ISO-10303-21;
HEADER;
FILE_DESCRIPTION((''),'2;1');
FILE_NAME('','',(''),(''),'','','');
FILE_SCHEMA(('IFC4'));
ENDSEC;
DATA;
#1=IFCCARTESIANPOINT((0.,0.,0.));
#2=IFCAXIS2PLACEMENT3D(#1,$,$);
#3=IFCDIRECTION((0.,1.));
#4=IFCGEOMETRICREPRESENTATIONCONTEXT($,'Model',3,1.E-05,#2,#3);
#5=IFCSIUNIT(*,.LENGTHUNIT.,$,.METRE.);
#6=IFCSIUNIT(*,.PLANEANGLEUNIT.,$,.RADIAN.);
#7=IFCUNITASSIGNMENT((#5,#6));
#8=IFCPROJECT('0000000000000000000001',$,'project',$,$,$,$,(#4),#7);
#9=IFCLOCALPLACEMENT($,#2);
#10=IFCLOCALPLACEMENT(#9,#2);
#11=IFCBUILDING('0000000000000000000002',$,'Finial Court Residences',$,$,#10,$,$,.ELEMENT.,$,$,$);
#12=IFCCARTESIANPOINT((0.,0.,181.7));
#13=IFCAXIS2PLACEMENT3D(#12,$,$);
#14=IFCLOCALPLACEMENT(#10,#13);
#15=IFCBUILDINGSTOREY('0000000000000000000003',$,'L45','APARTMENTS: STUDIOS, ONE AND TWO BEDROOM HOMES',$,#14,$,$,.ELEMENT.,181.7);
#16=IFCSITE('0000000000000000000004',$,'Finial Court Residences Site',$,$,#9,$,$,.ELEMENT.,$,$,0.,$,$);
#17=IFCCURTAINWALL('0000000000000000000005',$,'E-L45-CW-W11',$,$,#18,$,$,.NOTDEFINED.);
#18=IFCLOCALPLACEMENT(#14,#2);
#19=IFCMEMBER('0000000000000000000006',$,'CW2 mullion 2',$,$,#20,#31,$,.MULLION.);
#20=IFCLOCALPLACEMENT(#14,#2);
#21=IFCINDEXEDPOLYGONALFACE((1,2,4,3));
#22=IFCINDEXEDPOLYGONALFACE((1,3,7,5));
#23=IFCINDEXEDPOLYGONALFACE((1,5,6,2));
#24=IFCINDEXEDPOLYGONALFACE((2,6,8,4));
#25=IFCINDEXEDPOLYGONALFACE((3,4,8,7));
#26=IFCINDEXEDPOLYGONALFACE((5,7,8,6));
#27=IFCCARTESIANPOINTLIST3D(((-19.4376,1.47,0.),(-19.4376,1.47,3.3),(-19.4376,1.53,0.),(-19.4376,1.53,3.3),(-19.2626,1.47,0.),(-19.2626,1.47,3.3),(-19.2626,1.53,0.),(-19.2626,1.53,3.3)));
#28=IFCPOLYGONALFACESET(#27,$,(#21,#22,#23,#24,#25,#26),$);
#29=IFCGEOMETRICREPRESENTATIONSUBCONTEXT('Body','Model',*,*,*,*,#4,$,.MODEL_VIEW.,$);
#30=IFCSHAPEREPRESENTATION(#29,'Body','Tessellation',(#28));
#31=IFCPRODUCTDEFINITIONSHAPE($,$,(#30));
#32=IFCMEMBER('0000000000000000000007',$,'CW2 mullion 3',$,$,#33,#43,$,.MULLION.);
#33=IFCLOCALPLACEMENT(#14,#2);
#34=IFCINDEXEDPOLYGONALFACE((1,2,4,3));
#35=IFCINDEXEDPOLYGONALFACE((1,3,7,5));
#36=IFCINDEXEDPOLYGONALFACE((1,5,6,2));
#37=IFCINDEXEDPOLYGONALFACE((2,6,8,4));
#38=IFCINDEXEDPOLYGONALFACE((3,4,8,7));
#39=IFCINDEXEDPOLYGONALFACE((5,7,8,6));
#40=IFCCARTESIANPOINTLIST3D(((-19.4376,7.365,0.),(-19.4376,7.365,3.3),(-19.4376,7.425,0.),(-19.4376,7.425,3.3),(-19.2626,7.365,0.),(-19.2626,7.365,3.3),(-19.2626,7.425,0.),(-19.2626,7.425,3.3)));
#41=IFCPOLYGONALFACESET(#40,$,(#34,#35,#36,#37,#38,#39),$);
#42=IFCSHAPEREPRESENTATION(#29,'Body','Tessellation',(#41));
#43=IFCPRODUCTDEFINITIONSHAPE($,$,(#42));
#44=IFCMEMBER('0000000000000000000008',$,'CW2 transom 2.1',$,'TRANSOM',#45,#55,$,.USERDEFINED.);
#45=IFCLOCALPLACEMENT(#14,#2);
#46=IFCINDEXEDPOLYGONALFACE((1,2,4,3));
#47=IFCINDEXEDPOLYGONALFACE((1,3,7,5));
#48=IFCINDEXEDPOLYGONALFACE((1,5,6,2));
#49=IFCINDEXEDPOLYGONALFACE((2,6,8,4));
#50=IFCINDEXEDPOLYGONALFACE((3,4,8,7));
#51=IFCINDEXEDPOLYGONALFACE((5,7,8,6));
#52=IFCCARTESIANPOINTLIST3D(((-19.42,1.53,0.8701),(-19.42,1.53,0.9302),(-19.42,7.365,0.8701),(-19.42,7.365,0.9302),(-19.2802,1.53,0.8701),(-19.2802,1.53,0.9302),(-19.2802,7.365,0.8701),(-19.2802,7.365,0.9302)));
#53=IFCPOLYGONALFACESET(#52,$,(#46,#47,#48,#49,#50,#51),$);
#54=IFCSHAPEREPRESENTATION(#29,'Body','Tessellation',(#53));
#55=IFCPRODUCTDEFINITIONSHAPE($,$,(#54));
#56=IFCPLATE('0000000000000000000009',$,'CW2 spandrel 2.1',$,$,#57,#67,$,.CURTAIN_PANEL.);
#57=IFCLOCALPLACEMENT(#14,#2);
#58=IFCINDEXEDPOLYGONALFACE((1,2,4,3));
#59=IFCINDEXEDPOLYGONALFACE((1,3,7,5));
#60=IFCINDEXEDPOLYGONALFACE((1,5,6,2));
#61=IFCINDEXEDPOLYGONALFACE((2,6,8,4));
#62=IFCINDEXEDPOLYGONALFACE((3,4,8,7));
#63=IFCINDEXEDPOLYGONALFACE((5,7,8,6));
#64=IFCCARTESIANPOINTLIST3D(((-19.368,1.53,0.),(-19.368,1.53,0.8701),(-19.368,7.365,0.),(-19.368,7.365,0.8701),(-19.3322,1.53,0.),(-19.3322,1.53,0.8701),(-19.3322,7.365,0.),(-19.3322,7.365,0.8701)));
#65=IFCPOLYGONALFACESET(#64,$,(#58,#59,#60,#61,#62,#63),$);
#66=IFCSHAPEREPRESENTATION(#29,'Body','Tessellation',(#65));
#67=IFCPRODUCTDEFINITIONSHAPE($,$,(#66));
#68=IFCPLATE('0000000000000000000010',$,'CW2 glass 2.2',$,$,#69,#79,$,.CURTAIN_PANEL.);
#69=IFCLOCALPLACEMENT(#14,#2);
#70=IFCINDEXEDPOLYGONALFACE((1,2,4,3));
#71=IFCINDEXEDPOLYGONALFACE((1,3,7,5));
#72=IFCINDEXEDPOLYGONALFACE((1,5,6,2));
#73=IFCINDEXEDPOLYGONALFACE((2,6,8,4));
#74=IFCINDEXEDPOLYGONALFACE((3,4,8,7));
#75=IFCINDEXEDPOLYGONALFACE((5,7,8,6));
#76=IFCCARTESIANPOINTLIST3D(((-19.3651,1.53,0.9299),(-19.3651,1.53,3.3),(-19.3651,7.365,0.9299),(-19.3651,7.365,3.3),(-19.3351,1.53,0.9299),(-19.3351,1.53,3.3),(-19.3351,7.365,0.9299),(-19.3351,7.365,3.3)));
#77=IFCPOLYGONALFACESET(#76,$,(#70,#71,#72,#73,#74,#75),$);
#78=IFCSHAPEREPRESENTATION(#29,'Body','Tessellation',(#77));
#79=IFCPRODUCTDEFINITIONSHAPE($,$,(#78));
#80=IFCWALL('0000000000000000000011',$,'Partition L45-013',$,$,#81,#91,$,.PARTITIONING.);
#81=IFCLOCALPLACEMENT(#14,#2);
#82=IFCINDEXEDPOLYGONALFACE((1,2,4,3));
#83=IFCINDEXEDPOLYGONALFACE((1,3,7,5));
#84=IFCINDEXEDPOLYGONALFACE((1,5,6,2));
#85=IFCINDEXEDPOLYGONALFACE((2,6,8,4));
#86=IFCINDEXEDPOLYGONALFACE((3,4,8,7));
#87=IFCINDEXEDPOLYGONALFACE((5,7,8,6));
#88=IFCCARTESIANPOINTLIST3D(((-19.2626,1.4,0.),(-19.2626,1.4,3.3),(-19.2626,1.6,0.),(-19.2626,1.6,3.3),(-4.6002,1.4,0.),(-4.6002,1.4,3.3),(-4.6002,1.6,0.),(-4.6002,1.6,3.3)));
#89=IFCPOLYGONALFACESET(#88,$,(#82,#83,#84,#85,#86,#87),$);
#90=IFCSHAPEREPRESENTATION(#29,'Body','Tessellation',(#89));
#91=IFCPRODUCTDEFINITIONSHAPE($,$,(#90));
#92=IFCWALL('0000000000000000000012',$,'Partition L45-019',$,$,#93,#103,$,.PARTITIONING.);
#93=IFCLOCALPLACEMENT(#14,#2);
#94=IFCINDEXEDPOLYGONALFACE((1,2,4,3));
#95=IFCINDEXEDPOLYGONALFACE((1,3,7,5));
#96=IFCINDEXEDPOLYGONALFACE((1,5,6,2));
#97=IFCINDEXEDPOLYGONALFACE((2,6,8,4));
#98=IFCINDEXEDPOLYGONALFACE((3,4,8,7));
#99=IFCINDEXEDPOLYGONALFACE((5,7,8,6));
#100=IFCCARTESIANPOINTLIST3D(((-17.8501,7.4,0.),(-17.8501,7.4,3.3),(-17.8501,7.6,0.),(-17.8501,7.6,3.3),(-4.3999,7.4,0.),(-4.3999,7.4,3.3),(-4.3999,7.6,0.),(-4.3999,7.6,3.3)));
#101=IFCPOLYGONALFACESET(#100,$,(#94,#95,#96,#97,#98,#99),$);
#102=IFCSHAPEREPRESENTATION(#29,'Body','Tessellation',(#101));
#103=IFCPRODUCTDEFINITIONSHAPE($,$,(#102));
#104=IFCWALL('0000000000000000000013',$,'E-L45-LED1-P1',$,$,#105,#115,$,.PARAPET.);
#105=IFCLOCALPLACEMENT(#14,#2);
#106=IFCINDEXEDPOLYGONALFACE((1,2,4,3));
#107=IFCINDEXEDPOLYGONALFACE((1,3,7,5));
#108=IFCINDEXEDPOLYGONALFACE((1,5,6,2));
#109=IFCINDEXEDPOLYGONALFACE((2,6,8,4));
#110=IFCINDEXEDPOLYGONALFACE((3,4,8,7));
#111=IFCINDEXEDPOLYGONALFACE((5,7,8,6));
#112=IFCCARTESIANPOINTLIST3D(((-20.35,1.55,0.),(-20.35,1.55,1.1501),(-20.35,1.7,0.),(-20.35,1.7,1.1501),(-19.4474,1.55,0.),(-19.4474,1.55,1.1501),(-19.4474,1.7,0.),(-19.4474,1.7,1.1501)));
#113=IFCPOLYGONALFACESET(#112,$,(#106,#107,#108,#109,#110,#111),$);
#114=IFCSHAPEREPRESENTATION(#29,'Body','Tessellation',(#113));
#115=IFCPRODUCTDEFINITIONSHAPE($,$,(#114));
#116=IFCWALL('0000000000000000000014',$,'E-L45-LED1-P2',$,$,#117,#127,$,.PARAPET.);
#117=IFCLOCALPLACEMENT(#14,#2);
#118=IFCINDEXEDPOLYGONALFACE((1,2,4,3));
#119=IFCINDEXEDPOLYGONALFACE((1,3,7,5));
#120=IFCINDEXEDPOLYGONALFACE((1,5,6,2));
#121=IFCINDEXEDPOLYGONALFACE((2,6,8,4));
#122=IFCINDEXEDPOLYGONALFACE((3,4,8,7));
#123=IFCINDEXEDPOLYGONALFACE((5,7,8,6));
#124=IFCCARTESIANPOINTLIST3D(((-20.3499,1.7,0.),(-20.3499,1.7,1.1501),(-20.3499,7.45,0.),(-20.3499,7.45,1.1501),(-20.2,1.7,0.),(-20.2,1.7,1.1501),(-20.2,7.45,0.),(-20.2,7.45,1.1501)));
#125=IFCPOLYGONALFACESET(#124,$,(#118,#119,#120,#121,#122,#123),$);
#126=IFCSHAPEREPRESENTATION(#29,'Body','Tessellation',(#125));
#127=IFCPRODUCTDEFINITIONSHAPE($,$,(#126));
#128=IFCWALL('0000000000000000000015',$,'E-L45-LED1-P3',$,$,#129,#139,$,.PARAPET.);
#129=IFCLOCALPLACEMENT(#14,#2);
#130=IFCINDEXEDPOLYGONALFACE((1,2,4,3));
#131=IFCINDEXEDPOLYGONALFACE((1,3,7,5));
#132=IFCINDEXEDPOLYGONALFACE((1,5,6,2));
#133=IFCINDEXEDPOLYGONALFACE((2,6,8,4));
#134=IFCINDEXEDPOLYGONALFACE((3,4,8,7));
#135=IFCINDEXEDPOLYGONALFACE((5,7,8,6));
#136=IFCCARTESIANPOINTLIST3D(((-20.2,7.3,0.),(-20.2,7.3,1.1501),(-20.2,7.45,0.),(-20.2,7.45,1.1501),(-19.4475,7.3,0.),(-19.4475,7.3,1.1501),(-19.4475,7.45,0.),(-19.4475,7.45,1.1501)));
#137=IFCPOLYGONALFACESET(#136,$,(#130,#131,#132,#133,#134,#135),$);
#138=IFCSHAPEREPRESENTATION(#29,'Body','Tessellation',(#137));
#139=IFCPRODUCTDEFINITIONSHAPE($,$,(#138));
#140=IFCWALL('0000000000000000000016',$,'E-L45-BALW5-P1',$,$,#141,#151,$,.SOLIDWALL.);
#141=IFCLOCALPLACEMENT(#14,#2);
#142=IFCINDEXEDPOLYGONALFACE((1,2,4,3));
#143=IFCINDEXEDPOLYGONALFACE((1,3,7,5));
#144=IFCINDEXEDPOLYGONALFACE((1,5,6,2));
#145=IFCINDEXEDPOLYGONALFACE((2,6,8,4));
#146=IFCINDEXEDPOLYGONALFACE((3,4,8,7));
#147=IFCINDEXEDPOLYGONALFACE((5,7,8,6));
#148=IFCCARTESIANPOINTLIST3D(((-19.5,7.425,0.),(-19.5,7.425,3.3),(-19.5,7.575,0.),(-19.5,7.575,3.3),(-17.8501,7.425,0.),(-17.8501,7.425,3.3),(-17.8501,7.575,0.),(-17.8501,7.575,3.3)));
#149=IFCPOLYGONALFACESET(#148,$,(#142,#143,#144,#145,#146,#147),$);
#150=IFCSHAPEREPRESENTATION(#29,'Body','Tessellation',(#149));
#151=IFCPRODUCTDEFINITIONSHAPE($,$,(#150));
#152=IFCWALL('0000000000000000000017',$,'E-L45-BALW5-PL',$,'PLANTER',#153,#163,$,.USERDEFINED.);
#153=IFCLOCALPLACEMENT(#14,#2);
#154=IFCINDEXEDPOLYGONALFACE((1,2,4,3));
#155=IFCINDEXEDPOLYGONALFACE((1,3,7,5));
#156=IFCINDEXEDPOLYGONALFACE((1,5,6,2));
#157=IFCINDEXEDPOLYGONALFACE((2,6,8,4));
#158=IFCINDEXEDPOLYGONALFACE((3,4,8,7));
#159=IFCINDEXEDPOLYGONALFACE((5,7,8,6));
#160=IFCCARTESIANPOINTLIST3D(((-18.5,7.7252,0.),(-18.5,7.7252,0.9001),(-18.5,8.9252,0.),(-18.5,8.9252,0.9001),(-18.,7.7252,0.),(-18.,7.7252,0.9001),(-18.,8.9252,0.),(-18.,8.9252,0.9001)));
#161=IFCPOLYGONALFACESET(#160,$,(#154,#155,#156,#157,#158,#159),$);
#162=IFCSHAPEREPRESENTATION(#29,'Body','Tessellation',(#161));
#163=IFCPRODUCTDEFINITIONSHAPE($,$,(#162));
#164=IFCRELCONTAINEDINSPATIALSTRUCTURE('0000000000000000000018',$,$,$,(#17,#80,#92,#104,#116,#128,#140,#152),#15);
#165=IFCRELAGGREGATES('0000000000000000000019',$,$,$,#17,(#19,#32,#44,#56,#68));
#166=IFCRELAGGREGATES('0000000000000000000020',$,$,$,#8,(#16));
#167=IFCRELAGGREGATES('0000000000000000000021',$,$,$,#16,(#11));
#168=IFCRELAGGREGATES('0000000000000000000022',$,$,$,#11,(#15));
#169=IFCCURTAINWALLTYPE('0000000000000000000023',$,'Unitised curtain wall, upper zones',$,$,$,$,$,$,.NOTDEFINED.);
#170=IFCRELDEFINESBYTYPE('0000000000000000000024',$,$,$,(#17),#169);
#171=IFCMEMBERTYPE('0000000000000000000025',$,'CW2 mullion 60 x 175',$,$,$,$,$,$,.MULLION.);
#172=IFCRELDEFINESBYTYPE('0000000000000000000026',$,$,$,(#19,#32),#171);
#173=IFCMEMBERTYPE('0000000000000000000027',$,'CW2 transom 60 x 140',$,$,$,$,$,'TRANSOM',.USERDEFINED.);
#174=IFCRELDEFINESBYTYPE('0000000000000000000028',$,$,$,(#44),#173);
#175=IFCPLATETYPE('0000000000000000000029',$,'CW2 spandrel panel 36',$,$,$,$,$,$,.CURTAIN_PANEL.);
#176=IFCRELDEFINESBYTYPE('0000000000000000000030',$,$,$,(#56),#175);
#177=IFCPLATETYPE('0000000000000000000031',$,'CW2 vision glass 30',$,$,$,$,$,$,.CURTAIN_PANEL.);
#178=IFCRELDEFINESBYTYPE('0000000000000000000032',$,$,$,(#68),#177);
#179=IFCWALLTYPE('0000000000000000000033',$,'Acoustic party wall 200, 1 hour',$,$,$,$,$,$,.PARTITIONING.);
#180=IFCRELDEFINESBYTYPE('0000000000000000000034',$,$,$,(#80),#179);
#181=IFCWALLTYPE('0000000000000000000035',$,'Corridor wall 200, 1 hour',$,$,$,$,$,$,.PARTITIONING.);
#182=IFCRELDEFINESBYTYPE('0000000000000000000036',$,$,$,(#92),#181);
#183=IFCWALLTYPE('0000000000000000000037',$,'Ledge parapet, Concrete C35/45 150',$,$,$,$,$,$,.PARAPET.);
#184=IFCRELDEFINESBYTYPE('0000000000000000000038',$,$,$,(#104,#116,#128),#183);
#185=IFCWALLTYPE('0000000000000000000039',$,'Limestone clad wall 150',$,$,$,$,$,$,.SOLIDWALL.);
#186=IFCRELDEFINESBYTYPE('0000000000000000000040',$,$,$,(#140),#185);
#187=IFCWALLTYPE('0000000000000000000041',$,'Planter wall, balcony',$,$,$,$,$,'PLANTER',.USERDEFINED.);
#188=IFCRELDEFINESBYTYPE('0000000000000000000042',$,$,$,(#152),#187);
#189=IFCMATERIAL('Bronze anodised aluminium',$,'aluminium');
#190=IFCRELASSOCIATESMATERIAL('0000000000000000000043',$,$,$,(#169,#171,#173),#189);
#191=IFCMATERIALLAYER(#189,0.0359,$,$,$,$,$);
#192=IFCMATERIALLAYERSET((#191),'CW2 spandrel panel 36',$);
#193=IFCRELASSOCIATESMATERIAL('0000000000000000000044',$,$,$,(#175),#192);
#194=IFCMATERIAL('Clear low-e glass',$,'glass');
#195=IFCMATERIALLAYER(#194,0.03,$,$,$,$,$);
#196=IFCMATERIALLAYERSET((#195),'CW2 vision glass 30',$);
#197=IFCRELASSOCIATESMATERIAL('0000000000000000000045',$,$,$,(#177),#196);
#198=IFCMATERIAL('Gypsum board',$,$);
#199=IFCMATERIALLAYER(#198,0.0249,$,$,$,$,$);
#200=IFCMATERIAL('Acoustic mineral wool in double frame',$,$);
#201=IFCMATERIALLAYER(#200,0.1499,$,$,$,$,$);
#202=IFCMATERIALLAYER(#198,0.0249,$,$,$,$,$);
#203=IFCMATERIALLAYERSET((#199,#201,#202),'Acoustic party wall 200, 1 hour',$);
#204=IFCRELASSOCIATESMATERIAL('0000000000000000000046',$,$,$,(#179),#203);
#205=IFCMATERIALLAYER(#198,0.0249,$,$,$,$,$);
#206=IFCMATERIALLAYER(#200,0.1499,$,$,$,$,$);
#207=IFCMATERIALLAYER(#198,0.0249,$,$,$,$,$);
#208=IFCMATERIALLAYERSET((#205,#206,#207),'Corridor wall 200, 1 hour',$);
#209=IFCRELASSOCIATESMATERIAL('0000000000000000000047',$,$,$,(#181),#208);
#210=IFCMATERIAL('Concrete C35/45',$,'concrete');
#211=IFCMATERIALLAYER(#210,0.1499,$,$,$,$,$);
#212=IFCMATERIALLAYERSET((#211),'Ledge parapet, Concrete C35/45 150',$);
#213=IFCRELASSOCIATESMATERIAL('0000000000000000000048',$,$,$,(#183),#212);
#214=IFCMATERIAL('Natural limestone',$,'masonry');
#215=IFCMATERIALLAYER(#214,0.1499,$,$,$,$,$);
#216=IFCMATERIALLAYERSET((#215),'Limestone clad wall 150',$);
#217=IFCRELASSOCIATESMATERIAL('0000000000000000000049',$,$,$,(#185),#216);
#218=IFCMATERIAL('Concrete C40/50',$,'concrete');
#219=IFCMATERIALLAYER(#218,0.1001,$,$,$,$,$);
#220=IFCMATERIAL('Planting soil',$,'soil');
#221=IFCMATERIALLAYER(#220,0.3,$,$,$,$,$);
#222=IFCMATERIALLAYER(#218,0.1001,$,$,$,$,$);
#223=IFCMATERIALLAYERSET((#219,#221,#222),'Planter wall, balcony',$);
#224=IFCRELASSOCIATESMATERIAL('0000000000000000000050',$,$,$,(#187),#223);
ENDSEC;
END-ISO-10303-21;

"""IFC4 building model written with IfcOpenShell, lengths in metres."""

from ifc_helpers import new_model, si_unit, direction, frame, frame_2d, origin, origin_2d, place, context, subcontext, project, spatial, rectangle, extrude, material, layer, layer_set, material_profile, profile_set, type_object, element, aggregate, save


model = new_model("IFC4")

# Units and contexts
model_context = context("Model", 3, precision=1e-05, world=origin(), true_north=direction((0.0, 1.0)))
body_context = subcontext(model_context, "Body", "Model", "MODEL_VIEW")
ifc_project = project(units=[si_unit("LENGTHUNIT", "METRE"), si_unit("PLANEANGLEUNIT", "RADIAN")], contexts=[model_context])

# Site, building, storey
site_placement = place(None, origin())
site = spatial("IfcSite", under=ifc_project, at=site_placement, Name="Finial Court Residences Site", CompositionType="ELEMENT", RefElevation=0.0)
building_placement = place(site_placement, origin())
building = spatial("IfcBuilding", under=site, at=building_placement, Name="Finial Court Residences", CompositionType="ELEMENT")
storey_placement = place(building_placement, frame((0.0, 0.0, 181.7)))
storey = spatial("IfcBuildingStorey", under=building, at=storey_placement, Name="L45", Description="APARTMENTS: STUDIOS, ONE AND TWO BEDROOM HOMES", CompositionType="ELEMENT", Elevation=181.7)

# Curtain wall, members, plates
ifc_material_1 = material(Name="Bronze anodised aluminium", Category="aluminium")
curtain_wall_type = type_object("IfcCurtainWallType", Name="Unitised curtain wall, upper zones", PredefinedType="NOTDEFINED", material=ifc_material_1)
curtain_wall_placement = place(storey_placement, origin())
curtain_wall = element("IfcCurtainWall", 1, at=curtain_wall_placement, inside=storey, type_object=curtain_wall_type, Name="E-L45-CW-W11", PredefinedType="NOTDEFINED")
ifc_material_profile_1 = material_profile(ifc_material_1, rectangle(XDim=0.175, YDim=0.0601, at=origin_2d()), Name="CW2 mullion 60 x 175")
ifc_profile_set_1 = profile_set([ifc_material_profile_1], Name="Bronze anodised aluminium")
member_type_1 = type_object("IfcMemberType", Name="CW2 mullion 60 x 175", PredefinedType="MULLION", material=ifc_profile_set_1)
member_1_placement = place(storey_placement, frame((-19.3501, 1.5, 0.0), z_axis=(0.0, 0.0, 1.0), x_axis=(-1.0, 0.0, 0.0)))
member_1 = element("IfcMember", 2, at=member_1_placement, type_object=member_type_1, Name="CW2 mullion 2", PredefinedType="MULLION", context=body_context, shape_type="SweptSolid", body=[
    extrude(rectangle(XDim=0.175, YDim=0.0601, at=origin_2d()), origin(), (0.0, 0.0, 1.0), 3.3),
])
member_2_placement = place(storey_placement, frame((-19.3501, 7.395, 0.0), z_axis=(0.0, 0.0, 1.0), x_axis=(-1.0, 0.0, 0.0)))
member_2 = element("IfcMember", 3, at=member_2_placement, type_object=member_type_1, Name="CW2 mullion 3", PredefinedType="MULLION", context=body_context, shape_type="SweptSolid", body=[
    extrude(rectangle(XDim=0.175, YDim=0.0601, at=origin_2d()), origin(), (0.0, 0.0, 1.0), 3.3),
])
ifc_material_profile_2 = material_profile(ifc_material_1, rectangle(XDim=0.1399, YDim=0.0601, at=origin_2d()), Name="CW2 transom 60 x 140")
ifc_profile_set_2 = profile_set([ifc_material_profile_2], Name="Bronze anodised aluminium")
member_type_2 = type_object("IfcMemberType", Name="CW2 transom 60 x 140", ElementType="TRANSOM", PredefinedType="USERDEFINED", material=ifc_profile_set_2)
member_3_placement = place(storey_placement, frame((-19.3501, 1.53, 0.9001), z_axis=(0.0, 1.0, 0.0), x_axis=(-1.0, 0.0, 0.0)))
member_3 = element("IfcMember", 4, at=member_3_placement, type_object=member_type_2, Name="CW2 transom 2.1", ObjectType="TRANSOM", PredefinedType="USERDEFINED", context=body_context, shape_type="SweptSolid", body=[
    extrude(rectangle(XDim=0.1399, YDim=0.0601, at=origin_2d()), origin(), (0.0, 0.0, 1.0), 5.835),
])
ifc_layer_1 = layer(ifc_material_1, 0.0359)
ifc_layer_set_1 = layer_set([ifc_layer_1], Name="CW2 spandrel panel 36")
plate_type_1 = type_object("IfcPlateType", Name="CW2 spandrel panel 36", PredefinedType="CURTAIN_PANEL", material=ifc_layer_set_1)
plate_1_placement = place(storey_placement, frame((-19.3501, 4.4475, 0.0), z_axis=(0.0, 0.0, 1.0), x_axis=(0.0, 1.0, 0.0)))
plate_1 = element("IfcPlate", 5, at=plate_1_placement, type_object=plate_type_1, Name="CW2 spandrel 2.1", PredefinedType="CURTAIN_PANEL", context=body_context, shape_type="SweptSolid", body=[
    extrude(rectangle(XDim=5.835, YDim=0.0359, at=origin_2d()), origin(), (0.0, 0.0, 1.0), 0.8701),
])
ifc_material_2 = material(Name="Clear low-e glass", Category="glass")
ifc_layer_2 = layer(ifc_material_2, 0.03)
ifc_layer_set_2 = layer_set([ifc_layer_2], Name="CW2 vision glass 30")
plate_type_2 = type_object("IfcPlateType", Name="CW2 vision glass 30", PredefinedType="CURTAIN_PANEL", material=ifc_layer_set_2)
plate_2_placement = place(storey_placement, frame((-19.3501, 4.4475, 0.9299), z_axis=(0.0, 0.0, 1.0), x_axis=(0.0, 1.0, 0.0)))
plate_2 = element("IfcPlate", 6, at=plate_2_placement, type_object=plate_type_2, Name="CW2 glass 2.2", PredefinedType="CURTAIN_PANEL", context=body_context, shape_type="SweptSolid", body=[
    extrude(rectangle(XDim=5.835, YDim=0.03, at=origin_2d()), origin(), (0.0, 0.0, 1.0), 2.3701),
])
aggregate(curtain_wall, [member_1, member_2, member_3, plate_1, plate_2])

# Walls
ifc_material_3 = material(Name="Gypsum board")
ifc_layer_3 = layer(ifc_material_3, 0.0249)
ifc_material_4 = material(Name="Acoustic mineral wool in double frame")
ifc_layer_4 = layer(ifc_material_4, 0.1499)
ifc_layer_5 = layer(ifc_material_3, 0.0249)
ifc_layer_set_3 = layer_set([ifc_layer_3, ifc_layer_4, ifc_layer_5], Name="Acoustic party wall 200, 1 hour")
wall_type_1 = type_object("IfcWallType", Name="Acoustic party wall 200, 1 hour", PredefinedType="PARTITIONING", material=ifc_layer_set_3)
wall_1_placement = place(storey_placement, frame((-19.2625, 1.5, 0.0), z_axis=(0.0, 0.0, 1.0), x_axis=(1.0, 0.0, 0.0)))
element("IfcWall", 7, at=wall_1_placement, inside=storey, type_object=wall_type_1, Name="Partition L45-013", PredefinedType="PARTITIONING", context=body_context, shape_type="SweptSolid", body=[
    extrude(rectangle(XDim=14.6624, YDim=0.2, at=frame_2d((7.3311, 0.0))), origin(), (0.0, 0.0, 1.0), 3.3),
])
ifc_layer_6 = layer(ifc_material_3, 0.0249)
ifc_layer_7 = layer(ifc_material_4, 0.1499)
ifc_layer_8 = layer(ifc_material_3, 0.0249)
ifc_layer_set_4 = layer_set([ifc_layer_6, ifc_layer_7, ifc_layer_8], Name="Corridor wall 200, 1 hour")
wall_type_2 = type_object("IfcWallType", Name="Corridor wall 200, 1 hour", PredefinedType="PARTITIONING", material=ifc_layer_set_4)
wall_2_placement = place(storey_placement, frame((-17.8501, 7.5, 0.0), z_axis=(0.0, 0.0, 1.0), x_axis=(1.0, 0.0, 0.0)))
element("IfcWall", 8, at=wall_2_placement, inside=storey, type_object=wall_type_2, Name="Partition L45-019", PredefinedType="PARTITIONING", context=body_context, shape_type="SweptSolid", body=[
    extrude(rectangle(XDim=13.4502, YDim=0.2, at=frame_2d((6.7251, 0.0))), origin(), (0.0, 0.0, 1.0), 3.3),
])
ifc_material_5 = material(Name="Concrete C35/45", Category="concrete")
ifc_layer_9 = layer(ifc_material_5, 0.1499)
ifc_layer_set_5 = layer_set([ifc_layer_9], Name="Ledge parapet, Concrete C35/45 150")
wall_type_3 = type_object("IfcWallType", Name="Ledge parapet, Concrete C35/45 150", PredefinedType="PARAPET", material=ifc_layer_set_5)
wall_3_placement = place(storey_placement, frame((-19.4475, 1.625, 0.0), z_axis=(0.0, 0.0, 1.0), x_axis=(-1.0, 0.0, 0.0)))
element("IfcWall", 9, at=wall_3_placement, inside=storey, type_object=wall_type_3, Name="E-L45-LED1-P1", PredefinedType="PARAPET", context=body_context, shape_type="SweptSolid", body=[
    extrude(rectangle(XDim=0.9026, YDim=0.1499, at=frame_2d((0.4512, 0.0))), origin(), (0.0, 0.0, 1.0), 1.1501),
])
wall_4_placement = place(storey_placement, frame((-20.2749, 1.7, 0.0), z_axis=(0.0, 0.0, 1.0), x_axis=(0.0, 1.0, 0.0)))
element("IfcWall", 10, at=wall_4_placement, inside=storey, type_object=wall_type_3, Name="E-L45-LED1-P2", PredefinedType="PARAPET", context=body_context, shape_type="SweptSolid", body=[
    extrude(rectangle(XDim=5.75, YDim=0.1499, at=frame_2d((2.875, 0.0))), origin(), (0.0, 0.0, 1.0), 1.1501),
])
wall_5_placement = place(storey_placement, frame((-20.2, 7.375, 0.0), z_axis=(0.0, 0.0, 1.0), x_axis=(1.0, 0.0, 0.0)))
element("IfcWall", 11, at=wall_5_placement, inside=storey, type_object=wall_type_3, Name="E-L45-LED1-P3", PredefinedType="PARAPET", context=body_context, shape_type="SweptSolid", body=[
    extrude(rectangle(XDim=0.7524, YDim=0.1499, at=frame_2d((0.3762, 0.0))), origin(), (0.0, 0.0, 1.0), 1.1501),
])
ifc_material_6 = material(Name="Natural limestone", Category="masonry")
ifc_layer_10 = layer(ifc_material_6, 0.1499)
ifc_layer_set_6 = layer_set([ifc_layer_10], Name="Limestone clad wall 150")
wall_type_4 = type_object("IfcWallType", Name="Limestone clad wall 150", PredefinedType="SOLIDWALL", material=ifc_layer_set_6)
wall_6_placement = place(storey_placement, frame((-17.8501, 7.5, 0.0), z_axis=(0.0, 0.0, 1.0), x_axis=(-1.0, 0.0, 0.0)))
element("IfcWall", 12, at=wall_6_placement, inside=storey, type_object=wall_type_4, Name="E-L45-BALW5-P1", PredefinedType="SOLIDWALL", context=body_context, shape_type="SweptSolid", body=[
    extrude(rectangle(XDim=1.6499, YDim=0.1499, at=frame_2d((0.825, 0.0))), origin(), (0.0, 0.0, 1.0), 3.3),
])

# Wall
ifc_material_7 = material(Name="Concrete C40/50", Category="concrete")
ifc_layer_11 = layer(ifc_material_7, 0.1001)
ifc_material_8 = material(Name="Planting soil", Category="soil")
ifc_layer_12 = layer(ifc_material_8, 0.3)
ifc_layer_13 = layer(ifc_material_7, 0.1001)
ifc_layer_set_7 = layer_set([ifc_layer_11, ifc_layer_12, ifc_layer_13], Name="Planter wall, balcony")
wall_type_5 = type_object("IfcWallType", Name="Planter wall, balcony", ElementType="PLANTER", PredefinedType="USERDEFINED", material=ifc_layer_set_7)
wall_7_placement = place(storey_placement, frame((-18.25, 7.7251, 0.0), z_axis=(0.0, 0.0, 1.0), x_axis=(0.0, 1.0, 0.0)))
element("IfcWall", 13, at=wall_7_placement, inside=storey, type_object=wall_type_5, Name="E-L45-BALW5-PL", ObjectType="PLANTER", PredefinedType="USERDEFINED", context=body_context, shape_type="SweptSolid", body=[
    extrude(rectangle(XDim=1.2, YDim=0.5, at=frame_2d((0.6001, 0.0))), origin(), (0.0, 0.0, 1.0), 0.9001),
])

save(model, "model.ifc")
